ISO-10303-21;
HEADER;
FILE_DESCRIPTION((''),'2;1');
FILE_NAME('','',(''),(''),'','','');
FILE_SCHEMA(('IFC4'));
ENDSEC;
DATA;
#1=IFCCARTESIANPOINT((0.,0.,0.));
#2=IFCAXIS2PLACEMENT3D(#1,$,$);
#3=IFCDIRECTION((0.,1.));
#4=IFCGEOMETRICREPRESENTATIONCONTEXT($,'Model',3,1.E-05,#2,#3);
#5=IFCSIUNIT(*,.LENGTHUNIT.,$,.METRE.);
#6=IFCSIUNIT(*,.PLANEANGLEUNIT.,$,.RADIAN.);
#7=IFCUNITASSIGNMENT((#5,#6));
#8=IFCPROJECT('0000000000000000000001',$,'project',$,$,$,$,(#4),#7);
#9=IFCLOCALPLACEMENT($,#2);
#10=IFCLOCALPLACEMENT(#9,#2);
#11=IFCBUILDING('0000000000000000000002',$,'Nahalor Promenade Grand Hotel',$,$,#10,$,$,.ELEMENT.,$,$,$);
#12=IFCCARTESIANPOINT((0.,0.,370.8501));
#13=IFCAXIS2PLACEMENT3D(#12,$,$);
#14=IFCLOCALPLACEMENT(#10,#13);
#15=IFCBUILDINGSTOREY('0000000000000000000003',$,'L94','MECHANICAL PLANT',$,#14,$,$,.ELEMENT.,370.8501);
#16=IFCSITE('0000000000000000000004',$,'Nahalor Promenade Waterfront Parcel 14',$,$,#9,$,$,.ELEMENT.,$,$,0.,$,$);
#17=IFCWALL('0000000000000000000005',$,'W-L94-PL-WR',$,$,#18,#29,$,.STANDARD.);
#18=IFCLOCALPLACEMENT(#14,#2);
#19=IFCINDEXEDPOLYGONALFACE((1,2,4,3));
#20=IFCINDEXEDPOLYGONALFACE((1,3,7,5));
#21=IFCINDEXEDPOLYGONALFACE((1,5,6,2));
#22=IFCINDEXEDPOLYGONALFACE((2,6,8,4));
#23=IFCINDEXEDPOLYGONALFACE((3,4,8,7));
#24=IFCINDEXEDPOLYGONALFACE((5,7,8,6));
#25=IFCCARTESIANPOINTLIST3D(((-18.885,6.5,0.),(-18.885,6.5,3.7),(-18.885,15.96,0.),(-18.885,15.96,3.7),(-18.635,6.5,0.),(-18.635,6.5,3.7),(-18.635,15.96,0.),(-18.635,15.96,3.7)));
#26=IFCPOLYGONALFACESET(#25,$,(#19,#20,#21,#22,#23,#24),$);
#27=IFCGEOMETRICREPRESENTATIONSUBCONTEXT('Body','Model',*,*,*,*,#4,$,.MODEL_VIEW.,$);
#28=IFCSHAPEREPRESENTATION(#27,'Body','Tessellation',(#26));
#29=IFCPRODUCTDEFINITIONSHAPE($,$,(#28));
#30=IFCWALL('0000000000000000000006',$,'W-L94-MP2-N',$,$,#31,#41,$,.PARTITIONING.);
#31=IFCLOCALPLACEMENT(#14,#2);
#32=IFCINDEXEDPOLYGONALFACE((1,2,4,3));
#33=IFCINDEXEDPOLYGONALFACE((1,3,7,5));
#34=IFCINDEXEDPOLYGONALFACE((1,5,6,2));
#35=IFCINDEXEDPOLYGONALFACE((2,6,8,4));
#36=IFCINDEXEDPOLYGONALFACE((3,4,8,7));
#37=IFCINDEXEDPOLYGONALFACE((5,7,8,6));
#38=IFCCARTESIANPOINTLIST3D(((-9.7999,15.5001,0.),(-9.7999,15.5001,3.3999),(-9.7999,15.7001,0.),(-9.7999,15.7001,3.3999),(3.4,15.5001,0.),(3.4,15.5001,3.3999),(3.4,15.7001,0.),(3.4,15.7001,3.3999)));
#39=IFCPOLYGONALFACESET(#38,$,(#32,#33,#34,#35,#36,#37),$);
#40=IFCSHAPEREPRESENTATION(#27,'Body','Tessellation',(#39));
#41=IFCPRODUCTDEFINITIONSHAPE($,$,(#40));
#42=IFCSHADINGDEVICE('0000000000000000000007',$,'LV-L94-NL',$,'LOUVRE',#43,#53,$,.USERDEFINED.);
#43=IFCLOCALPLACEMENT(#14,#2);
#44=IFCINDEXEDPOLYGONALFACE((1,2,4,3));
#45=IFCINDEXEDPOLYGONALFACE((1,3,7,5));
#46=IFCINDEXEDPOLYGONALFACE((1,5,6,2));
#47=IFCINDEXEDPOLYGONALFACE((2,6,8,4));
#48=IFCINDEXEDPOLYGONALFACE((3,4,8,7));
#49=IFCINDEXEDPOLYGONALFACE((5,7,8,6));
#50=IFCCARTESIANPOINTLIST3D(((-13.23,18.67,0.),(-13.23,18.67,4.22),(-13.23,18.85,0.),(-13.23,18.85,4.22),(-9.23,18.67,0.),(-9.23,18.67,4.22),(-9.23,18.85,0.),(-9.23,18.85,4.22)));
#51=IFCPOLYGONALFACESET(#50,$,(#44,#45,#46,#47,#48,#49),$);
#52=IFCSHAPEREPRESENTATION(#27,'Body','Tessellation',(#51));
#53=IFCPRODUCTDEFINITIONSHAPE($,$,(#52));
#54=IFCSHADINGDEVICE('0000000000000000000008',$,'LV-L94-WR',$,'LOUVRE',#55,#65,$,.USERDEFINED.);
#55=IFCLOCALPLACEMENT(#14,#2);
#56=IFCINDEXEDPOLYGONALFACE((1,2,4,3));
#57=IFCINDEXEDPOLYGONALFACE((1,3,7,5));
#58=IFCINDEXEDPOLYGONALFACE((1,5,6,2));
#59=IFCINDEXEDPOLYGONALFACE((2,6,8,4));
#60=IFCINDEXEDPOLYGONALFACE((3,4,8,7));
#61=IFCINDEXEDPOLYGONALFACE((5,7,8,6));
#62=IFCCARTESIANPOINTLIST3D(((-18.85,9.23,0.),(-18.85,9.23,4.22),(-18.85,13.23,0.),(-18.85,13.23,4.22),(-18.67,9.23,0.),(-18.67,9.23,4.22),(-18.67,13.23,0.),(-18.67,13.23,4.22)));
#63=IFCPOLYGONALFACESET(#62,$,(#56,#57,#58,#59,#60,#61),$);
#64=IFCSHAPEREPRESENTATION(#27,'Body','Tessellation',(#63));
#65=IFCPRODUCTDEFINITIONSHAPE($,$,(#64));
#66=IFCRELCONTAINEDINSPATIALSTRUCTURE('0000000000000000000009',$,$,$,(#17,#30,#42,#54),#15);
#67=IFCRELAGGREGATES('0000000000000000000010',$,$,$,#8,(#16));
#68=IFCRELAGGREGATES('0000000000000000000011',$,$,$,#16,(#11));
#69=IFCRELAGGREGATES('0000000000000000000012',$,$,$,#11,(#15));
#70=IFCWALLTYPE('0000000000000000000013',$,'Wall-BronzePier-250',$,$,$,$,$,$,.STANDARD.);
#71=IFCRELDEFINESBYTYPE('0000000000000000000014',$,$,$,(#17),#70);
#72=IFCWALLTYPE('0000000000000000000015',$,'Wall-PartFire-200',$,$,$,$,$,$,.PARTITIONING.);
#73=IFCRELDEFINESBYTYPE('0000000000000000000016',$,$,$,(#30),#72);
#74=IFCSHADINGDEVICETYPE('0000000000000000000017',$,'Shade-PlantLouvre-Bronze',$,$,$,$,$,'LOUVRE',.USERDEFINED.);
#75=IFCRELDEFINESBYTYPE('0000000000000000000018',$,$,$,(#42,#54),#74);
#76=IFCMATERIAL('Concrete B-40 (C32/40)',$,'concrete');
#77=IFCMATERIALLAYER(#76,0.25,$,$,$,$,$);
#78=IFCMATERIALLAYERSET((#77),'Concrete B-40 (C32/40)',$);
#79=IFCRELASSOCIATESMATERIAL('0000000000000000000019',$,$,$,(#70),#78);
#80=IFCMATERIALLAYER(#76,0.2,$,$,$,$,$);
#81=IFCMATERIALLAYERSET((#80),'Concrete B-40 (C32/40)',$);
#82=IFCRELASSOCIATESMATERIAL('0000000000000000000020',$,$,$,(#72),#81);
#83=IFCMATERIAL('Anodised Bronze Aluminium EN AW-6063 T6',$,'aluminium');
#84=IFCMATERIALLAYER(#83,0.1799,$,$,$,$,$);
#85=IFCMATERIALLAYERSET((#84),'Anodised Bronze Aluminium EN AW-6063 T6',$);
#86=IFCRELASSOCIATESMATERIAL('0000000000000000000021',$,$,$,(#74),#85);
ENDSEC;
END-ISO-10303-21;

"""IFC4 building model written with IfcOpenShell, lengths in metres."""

from ifc_helpers import new_model, si_unit, direction, frame, frame_2d, origin, origin_2d, place, context, subcontext, project, spatial, rectangle, extrude, source, transform, mapped, material, layer, layer_set, type_object, element, save


model = new_model("IFC4")

# Units and contexts
model_context = context("Model", 3, precision=1e-05, world=origin(), true_north=direction((0.0, 1.0)))
body_context = subcontext(model_context, "Body", "Model", "MODEL_VIEW")
ifc_project = project(units=[si_unit("LENGTHUNIT", "METRE"), si_unit("PLANEANGLEUNIT", "RADIAN")], contexts=[model_context])

# Site, building, storey
site_placement = place(None, origin())
site = spatial("IfcSite", under=ifc_project, at=site_placement, Name="Nahalor Promenade Waterfront Parcel 14", CompositionType="ELEMENT", RefElevation=0.0)
building_placement = place(site_placement, origin())
building = spatial("IfcBuilding", under=site, at=building_placement, Name="Nahalor Promenade Grand Hotel", CompositionType="ELEMENT")
storey_placement = place(building_placement, frame((0.0, 0.0, 370.8501)))
storey = spatial("IfcBuildingStorey", under=building, at=storey_placement, Name="L94", Description="MECHANICAL PLANT", CompositionType="ELEMENT", Elevation=370.8501)

# Shared definitions
ifc_material_1 = material(Name="Anodised Bronze Aluminium EN AW-6063 T6", Category="aluminium")

# Walls
ifc_material_2 = material(Name="Concrete B-40 (C32/40)", Category="concrete")
ifc_layer_1 = layer(ifc_material_2, 0.25)
ifc_layer_set_1 = layer_set([ifc_layer_1], Name="Concrete B-40 (C32/40)")
wall_type_1 = type_object("IfcWallType", Name="Wall-BronzePier-250", PredefinedType="STANDARD", material=ifc_layer_set_1)
shared_shape_1 = source(origin(), body_context, "Body", "SweptSolid", [
    extrude(rectangle(XDim=9.46, YDim=0.25, at=frame_2d((4.73, 0.0))), origin(), (0.0, 0.0, 1.0), 3.7),
])
for number, where, z_axis, x_axis, name in (
    (1, (-18.76, 6.5, 0.0), (0.0, 0.0, 1.0), (0.0, 1.0, 0.0), "W-L94-PL-WR"),
):
    element("IfcWall", number, at=place(storey_placement, frame(where, z_axis=z_axis, x_axis=x_axis)), inside=storey, type_object=wall_type_1, Name=name, PredefinedType="STANDARD", context=body_context, shape_type="MappedRepresentation", body=[
        mapped(shared_shape_1, transform((0.0, 0.0, 0.0), scale=1.0)),
    ])
ifc_layer_2 = layer(ifc_material_2, 0.2)
ifc_layer_set_2 = layer_set([ifc_layer_2], Name="Concrete B-40 (C32/40)")
wall_type_2 = type_object("IfcWallType", Name="Wall-PartFire-200", PredefinedType="PARTITIONING", material=ifc_layer_set_2)
shared_shape_2 = source(origin(), body_context, "Body", "SweptSolid", [
    extrude(rectangle(XDim=13.2, YDim=0.2, at=frame_2d((6.6001, 0.0))), origin(), (0.0, 0.0, 1.0), 3.3999),
])
wall_placement = place(storey_placement, frame((-9.8, 15.6001, 0.0), z_axis=(0.0, 0.0, 1.0), x_axis=(1.0, 0.0, 0.0)))
element("IfcWall", 2, at=wall_placement, inside=storey, type_object=wall_type_2, Name="W-L94-MP2-N", PredefinedType="PARTITIONING", context=body_context, shape_type="MappedRepresentation", body=[
    mapped(shared_shape_2, transform((0.0, 0.0, 0.0), scale=1.0)),
])

# Shading devices
ifc_layer_3 = layer(ifc_material_1, 0.1799)
ifc_layer_set_3 = layer_set([ifc_layer_3], Name="Anodised Bronze Aluminium EN AW-6063 T6")
shading_device_type = type_object("IfcShadingDeviceType", Name="Shade-PlantLouvre-Bronze", ElementType="LOUVRE", PredefinedType="USERDEFINED", material=ifc_layer_set_3)
shared_shape_3 = source(origin(), body_context, "Body", "SweptSolid", [
    extrude(rectangle(XDim=4.0, YDim=0.1799, at=origin_2d()), origin(), (0.0, 0.0, 1.0), 4.22),
])
for number, where, z_axis, x_axis, name in (
    (3, (-11.23, 18.76, 0.0), (0.0, 0.0, 1.0), (1.0, 0.0, 0.0), "LV-L94-NL"),
    (4, (-18.76, 11.23, 0.0), (0.0, 0.0, 1.0), (0.0, 1.0, 0.0), "LV-L94-WR"),
):
    element("IfcShadingDevice", number, at=place(storey_placement, frame(where, z_axis=z_axis, x_axis=x_axis)), inside=storey, type_object=shading_device_type, Name=name, ObjectType="LOUVRE", PredefinedType="USERDEFINED", context=body_context, shape_type="MappedRepresentation", body=[
        mapped(shared_shape_3, transform((0.0, 0.0, 0.0), scale=1.0)),
    ])

save(model, "model.ifc")
